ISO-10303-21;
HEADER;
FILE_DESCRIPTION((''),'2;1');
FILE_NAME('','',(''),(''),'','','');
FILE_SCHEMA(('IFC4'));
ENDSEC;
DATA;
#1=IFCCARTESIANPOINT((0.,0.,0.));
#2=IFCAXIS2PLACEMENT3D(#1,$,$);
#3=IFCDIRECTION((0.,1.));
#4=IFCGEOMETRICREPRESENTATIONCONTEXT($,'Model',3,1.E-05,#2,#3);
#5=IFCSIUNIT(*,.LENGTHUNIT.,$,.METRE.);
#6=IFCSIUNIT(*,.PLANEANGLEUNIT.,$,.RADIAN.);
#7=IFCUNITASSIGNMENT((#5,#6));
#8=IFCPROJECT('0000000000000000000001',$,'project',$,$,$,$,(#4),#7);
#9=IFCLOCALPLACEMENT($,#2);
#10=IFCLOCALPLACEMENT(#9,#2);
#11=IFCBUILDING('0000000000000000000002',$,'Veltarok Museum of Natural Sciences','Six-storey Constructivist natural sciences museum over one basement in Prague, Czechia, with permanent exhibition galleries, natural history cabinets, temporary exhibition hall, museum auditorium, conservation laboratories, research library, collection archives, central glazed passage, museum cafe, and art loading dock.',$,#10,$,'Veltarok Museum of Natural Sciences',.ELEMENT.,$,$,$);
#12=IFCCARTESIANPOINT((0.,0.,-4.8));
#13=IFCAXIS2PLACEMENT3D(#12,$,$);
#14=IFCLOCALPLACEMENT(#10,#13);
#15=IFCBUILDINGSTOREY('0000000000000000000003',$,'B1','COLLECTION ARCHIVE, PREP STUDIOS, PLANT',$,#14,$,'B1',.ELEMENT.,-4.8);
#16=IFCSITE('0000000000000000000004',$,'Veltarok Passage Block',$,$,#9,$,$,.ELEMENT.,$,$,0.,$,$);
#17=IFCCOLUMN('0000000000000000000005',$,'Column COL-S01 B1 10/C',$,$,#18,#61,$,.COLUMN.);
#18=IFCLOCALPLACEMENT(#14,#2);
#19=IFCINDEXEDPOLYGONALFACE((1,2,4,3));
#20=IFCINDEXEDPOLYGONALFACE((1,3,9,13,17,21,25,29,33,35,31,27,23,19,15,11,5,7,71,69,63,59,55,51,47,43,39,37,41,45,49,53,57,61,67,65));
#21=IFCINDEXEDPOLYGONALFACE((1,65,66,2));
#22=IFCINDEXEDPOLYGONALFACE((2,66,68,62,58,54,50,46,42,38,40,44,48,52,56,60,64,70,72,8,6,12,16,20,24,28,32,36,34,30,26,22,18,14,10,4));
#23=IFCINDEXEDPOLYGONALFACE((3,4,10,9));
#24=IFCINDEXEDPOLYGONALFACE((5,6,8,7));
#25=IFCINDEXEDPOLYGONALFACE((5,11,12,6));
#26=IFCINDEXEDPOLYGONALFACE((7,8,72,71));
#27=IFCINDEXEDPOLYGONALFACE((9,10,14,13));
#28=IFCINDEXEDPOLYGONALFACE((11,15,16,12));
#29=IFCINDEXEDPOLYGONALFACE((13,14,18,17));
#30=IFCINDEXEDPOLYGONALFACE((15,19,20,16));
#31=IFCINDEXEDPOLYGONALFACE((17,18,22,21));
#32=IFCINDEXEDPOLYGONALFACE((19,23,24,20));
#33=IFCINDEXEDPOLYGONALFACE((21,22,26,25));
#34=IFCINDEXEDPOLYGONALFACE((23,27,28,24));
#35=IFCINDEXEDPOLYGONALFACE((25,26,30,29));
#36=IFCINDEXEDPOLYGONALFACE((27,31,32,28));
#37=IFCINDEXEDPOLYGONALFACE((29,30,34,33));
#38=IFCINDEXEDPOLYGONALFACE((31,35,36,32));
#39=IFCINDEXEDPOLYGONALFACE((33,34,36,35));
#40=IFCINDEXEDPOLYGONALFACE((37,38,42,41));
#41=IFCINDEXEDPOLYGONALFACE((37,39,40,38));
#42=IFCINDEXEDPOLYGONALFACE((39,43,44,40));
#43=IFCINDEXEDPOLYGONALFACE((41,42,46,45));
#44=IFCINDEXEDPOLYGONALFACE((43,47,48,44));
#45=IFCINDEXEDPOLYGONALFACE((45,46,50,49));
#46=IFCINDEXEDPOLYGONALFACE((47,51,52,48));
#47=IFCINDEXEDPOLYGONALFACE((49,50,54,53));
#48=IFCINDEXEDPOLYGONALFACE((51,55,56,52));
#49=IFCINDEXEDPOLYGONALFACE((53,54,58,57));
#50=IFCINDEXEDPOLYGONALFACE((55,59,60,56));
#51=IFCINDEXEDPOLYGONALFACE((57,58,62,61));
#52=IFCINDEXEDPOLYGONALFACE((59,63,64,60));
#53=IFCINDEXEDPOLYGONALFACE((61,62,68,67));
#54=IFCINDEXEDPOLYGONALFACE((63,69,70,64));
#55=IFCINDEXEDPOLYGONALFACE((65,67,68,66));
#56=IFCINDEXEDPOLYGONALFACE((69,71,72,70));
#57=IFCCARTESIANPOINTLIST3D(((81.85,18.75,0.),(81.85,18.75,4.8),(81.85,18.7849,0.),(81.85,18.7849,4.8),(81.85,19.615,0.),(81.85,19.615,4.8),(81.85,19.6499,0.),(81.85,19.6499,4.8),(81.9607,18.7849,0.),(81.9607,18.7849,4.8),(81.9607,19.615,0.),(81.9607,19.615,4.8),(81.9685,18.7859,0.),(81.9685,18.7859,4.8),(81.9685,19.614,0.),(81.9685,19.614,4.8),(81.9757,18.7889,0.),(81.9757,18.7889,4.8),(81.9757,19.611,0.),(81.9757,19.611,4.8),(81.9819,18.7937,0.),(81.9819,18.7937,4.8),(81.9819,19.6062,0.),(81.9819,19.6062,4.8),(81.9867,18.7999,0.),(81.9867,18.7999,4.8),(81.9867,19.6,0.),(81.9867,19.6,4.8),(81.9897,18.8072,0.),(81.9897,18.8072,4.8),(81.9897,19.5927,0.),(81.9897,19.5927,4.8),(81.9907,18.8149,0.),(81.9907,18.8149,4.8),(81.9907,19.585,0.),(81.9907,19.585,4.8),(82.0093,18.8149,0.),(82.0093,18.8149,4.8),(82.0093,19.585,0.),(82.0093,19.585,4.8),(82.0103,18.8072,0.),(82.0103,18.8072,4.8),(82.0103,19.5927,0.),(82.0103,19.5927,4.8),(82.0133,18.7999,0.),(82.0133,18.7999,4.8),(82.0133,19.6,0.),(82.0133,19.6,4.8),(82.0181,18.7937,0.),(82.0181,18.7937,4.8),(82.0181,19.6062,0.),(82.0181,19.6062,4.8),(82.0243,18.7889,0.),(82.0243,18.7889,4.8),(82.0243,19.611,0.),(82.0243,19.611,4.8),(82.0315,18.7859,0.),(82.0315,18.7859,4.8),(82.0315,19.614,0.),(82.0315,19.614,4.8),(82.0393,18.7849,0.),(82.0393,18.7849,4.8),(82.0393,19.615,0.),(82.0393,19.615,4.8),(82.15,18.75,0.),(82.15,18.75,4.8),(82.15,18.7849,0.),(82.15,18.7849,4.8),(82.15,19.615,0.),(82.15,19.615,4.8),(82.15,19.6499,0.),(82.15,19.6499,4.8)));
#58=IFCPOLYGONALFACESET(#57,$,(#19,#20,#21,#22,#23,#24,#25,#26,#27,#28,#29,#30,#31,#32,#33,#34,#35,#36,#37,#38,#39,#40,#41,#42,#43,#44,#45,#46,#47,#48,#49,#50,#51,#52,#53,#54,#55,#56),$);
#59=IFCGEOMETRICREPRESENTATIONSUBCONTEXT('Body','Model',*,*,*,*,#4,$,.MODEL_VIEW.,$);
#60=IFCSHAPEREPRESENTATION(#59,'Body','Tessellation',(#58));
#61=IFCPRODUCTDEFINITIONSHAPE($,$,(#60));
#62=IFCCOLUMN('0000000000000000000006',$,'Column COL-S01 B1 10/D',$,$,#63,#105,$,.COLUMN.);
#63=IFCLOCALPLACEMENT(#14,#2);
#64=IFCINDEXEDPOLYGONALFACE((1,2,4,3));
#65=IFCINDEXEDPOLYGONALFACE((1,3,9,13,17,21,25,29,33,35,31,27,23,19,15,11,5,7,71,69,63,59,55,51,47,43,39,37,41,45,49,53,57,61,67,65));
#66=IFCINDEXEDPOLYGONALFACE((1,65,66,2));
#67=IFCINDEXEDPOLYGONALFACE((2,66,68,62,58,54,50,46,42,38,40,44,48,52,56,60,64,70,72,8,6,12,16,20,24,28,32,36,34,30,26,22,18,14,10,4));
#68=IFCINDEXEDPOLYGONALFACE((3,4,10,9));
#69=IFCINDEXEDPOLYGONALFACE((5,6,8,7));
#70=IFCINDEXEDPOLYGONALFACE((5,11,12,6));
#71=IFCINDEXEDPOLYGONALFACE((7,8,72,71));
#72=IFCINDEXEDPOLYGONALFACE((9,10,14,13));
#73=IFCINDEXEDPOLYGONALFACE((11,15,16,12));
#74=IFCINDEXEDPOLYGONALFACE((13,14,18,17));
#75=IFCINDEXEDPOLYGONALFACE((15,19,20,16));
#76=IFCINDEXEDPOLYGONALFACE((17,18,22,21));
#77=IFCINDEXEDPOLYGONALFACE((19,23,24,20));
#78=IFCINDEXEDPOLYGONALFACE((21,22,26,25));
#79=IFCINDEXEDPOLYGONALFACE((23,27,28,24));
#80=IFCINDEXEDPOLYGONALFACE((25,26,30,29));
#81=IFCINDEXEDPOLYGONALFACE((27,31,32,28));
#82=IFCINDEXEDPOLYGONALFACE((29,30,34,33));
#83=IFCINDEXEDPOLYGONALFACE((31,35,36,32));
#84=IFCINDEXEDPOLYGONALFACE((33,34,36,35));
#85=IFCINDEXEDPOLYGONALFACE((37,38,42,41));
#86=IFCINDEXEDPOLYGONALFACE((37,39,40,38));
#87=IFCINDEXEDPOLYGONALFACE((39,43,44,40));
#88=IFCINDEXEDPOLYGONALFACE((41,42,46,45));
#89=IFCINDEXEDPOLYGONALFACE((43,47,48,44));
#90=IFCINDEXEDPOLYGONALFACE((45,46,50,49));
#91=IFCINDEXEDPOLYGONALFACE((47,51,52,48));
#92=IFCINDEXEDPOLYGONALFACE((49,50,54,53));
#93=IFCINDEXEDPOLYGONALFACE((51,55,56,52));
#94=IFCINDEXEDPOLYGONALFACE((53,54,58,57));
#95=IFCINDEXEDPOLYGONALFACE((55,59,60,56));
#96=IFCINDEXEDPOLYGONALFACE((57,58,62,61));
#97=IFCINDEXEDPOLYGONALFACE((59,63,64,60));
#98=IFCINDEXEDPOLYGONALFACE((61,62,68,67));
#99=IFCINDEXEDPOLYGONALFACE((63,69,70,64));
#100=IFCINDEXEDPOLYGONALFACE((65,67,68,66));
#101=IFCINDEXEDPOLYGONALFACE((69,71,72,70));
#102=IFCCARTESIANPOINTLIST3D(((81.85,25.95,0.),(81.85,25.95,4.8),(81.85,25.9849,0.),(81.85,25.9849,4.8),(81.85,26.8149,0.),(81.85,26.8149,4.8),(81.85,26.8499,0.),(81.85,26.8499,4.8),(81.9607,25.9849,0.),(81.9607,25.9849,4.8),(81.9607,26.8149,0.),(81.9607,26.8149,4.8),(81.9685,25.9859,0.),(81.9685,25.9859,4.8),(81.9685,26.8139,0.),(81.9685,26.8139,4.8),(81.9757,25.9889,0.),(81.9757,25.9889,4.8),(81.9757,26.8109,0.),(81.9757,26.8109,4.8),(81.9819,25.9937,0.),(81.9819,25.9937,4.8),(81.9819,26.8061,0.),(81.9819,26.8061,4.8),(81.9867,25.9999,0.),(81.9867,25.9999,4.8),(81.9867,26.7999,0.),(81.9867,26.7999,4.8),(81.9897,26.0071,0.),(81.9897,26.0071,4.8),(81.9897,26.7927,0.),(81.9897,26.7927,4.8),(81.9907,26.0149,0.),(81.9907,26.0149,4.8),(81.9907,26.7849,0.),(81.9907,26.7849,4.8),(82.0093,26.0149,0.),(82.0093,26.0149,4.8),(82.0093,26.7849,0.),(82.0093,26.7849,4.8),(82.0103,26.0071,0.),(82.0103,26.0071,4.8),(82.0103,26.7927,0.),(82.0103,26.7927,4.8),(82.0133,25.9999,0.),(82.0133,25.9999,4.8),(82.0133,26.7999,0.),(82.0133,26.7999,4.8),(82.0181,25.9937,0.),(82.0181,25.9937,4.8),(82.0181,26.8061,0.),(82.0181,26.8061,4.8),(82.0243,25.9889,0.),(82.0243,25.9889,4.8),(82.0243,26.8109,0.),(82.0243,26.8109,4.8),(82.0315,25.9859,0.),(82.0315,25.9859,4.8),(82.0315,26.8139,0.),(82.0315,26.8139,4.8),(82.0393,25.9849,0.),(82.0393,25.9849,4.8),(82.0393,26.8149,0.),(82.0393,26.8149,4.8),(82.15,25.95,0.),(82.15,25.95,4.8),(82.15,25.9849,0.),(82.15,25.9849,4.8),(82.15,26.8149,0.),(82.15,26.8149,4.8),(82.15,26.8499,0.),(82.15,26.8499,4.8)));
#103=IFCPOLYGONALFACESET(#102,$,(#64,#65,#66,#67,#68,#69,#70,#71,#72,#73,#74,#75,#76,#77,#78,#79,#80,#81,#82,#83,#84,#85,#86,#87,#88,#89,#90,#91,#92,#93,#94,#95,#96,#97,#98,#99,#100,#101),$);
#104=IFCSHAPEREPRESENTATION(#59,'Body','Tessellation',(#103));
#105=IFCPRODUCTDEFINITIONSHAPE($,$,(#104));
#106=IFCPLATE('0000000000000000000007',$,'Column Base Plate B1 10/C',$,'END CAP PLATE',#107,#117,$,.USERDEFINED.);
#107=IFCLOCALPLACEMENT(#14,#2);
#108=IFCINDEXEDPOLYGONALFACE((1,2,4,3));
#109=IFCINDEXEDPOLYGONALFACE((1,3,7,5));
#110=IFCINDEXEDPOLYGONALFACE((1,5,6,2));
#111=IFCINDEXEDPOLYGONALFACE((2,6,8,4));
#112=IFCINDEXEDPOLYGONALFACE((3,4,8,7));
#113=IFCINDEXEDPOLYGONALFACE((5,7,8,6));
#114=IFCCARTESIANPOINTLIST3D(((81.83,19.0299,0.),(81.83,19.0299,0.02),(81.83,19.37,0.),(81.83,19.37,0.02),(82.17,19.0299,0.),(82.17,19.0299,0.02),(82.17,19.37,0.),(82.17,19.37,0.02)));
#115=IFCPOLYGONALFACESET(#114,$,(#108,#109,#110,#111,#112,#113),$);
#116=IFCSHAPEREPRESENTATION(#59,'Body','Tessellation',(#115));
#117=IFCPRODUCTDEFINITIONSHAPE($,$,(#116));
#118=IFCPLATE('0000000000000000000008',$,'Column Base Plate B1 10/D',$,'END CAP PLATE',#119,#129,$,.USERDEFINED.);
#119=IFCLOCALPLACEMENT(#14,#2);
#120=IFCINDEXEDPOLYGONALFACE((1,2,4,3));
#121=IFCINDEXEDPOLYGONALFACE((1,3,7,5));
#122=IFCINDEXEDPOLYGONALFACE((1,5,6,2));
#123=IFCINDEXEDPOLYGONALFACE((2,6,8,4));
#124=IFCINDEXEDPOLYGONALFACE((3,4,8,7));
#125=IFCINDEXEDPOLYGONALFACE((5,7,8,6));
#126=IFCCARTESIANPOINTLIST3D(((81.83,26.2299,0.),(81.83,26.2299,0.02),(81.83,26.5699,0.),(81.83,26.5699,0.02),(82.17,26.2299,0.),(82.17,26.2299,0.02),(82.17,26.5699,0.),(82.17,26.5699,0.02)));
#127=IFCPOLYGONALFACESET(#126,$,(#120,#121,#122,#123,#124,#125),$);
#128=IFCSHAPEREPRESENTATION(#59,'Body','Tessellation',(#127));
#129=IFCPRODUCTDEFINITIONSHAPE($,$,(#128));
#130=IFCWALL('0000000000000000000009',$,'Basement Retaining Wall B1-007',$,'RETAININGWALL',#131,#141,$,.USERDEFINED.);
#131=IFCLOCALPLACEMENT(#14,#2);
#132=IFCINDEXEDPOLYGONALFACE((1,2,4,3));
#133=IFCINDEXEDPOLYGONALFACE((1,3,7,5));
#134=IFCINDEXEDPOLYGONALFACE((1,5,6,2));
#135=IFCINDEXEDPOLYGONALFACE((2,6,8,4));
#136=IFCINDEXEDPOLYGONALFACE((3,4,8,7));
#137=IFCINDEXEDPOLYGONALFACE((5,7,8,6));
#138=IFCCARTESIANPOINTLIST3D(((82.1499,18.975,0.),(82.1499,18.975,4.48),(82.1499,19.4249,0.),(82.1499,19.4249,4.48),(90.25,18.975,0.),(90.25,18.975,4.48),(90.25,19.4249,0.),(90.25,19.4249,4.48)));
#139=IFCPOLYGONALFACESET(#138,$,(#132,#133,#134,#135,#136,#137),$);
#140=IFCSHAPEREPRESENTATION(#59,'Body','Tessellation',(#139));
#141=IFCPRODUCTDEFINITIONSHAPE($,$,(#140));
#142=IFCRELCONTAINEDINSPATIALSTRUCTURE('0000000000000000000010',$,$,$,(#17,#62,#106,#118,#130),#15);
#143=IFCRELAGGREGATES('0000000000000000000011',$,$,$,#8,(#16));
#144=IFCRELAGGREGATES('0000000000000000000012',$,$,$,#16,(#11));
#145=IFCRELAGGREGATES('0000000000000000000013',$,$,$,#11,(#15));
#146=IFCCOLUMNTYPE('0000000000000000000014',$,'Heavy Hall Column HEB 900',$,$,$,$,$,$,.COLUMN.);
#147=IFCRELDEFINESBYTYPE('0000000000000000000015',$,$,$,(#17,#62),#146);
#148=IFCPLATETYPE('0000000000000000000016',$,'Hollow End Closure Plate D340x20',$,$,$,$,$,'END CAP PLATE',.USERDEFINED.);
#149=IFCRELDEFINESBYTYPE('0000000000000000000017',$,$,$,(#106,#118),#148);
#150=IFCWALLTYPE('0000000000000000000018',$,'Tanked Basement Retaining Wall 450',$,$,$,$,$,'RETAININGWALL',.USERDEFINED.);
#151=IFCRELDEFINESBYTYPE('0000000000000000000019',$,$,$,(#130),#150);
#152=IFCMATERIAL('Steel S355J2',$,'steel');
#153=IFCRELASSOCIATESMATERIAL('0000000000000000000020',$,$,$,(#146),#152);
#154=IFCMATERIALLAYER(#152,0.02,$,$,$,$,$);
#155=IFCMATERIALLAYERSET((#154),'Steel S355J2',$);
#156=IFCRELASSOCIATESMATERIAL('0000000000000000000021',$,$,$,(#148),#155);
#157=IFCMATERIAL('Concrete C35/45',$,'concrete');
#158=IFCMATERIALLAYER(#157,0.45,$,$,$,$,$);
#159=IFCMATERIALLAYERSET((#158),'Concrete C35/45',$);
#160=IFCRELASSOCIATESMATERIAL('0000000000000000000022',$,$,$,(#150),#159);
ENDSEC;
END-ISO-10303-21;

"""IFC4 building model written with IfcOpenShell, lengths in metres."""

from ifc_helpers import new_model, si_unit, direction, frame, frame_2d, origin, origin_2d, place, context, subcontext, project, spatial, rectangle, i_section, extrude, material, layer, layer_set, material_profile, profile_set, type_object, element, save


model = new_model("IFC4")

# Units and contexts
model_context = context("Model", 3, precision=1e-05, world=origin(), true_north=direction((0.0, 1.0)))
body_context = subcontext(model_context, "Body", "Model", "MODEL_VIEW")
ifc_project = project(units=[si_unit("LENGTHUNIT", "METRE"), si_unit("PLANEANGLEUNIT", "RADIAN")], contexts=[model_context])

# Site, building, storey
site_placement = place(None, origin())
site = spatial("IfcSite", under=ifc_project, at=site_placement, Name="Veltarok Passage Block", CompositionType="ELEMENT", RefElevation=0.0)
building_placement = place(site_placement, origin())
building = spatial("IfcBuilding", under=site, at=building_placement, Name="Veltarok Museum of Natural Sciences", Description="Six-storey Constructivist natural sciences museum over one basement in Prague, Czechia, with permanent exhibition galleries, natural history cabinets, temporary exhibition hall, museum auditorium, conservation laboratories, research library, collection archives, central glazed passage, museum cafe, and art loading dock.", LongName="Veltarok Museum of Natural Sciences", CompositionType="ELEMENT")
storey_placement = place(building_placement, frame((0.0, 0.0, -4.8)))
storey = spatial("IfcBuildingStorey", under=building, at=storey_placement, Name="B1", Description="COLLECTION ARCHIVE, PREP STUDIOS, PLANT", LongName="B1", CompositionType="ELEMENT", Elevation=-4.8)

# Shared definitions
ifc_material_1 = material(Name="Concrete C35/45", Category="concrete")

# Columns
ifc_material_2 = material(Name="Steel S355J2", Category="steel")
ifc_material_profile_1 = material_profile(ifc_material_2, i_section(OverallWidth=0.3, OverallDepth=0.8999, WebThickness=0.0186, FlangeThickness=0.0349, FilletRadius=0.03, at=origin_2d()), Name="HEB 900")
ifc_profile_set_1 = profile_set([ifc_material_profile_1], Name="Steel S355J2")
column_type = type_object("IfcColumnType", Name="Heavy Hall Column HEB 900", PredefinedType="COLUMN", material=ifc_profile_set_1)
for number, where, z_axis, x_axis, name in (
    (1, (82.0, 19.2, 0.0), (0.0, 0.0, 1.0), (1.0, 0.0, 0.0), "Column COL-S01 B1 10/C"),
    (2, (82.0, 26.3999, 0.0), (0.0, 0.0, 1.0), (1.0, 0.0, 0.0), "Column COL-S01 B1 10/D"),
):
    element("IfcColumn", number, at=place(storey_placement, frame(where, z_axis=z_axis, x_axis=x_axis)), inside=storey, type_object=column_type, Name=name, PredefinedType="COLUMN", context=body_context, shape_type="SweptSolid", body=[
        extrude(i_section(OverallWidth=0.3, OverallDepth=0.8999, WebThickness=0.0186, FlangeThickness=0.0349, FilletRadius=0.03, at=origin_2d()), origin(), (0.0, 0.0, 1.0), 4.8),
    ])

# Plates
ifc_layer_1 = layer(ifc_material_2, 0.02)
ifc_layer_set_1 = layer_set([ifc_layer_1], Name="Steel S355J2")
plate_type = type_object("IfcPlateType", Name="Hollow End Closure Plate D340x20", ElementType="END CAP PLATE", PredefinedType="USERDEFINED", material=ifc_layer_set_1)
for number, where, z_axis, x_axis, name in (
    (3, (82.0, 19.2, 0.0), (0.0, 0.0, 1.0), (1.0, 0.0, 0.0), "Column Base Plate B1 10/C"),
    (4, (82.0, 26.3999, 0.0), (0.0, 0.0, 1.0), (1.0, 0.0, 0.0), "Column Base Plate B1 10/D"),
):
    element("IfcPlate", number, at=place(storey_placement, frame(where, z_axis=z_axis, x_axis=x_axis)), inside=storey, type_object=plate_type, Name=name, ObjectType="END CAP PLATE", PredefinedType="USERDEFINED", context=body_context, shape_type="SweptSolid", body=[
        extrude(rectangle(XDim=0.3401, YDim=0.3401, at=origin_2d()), origin(), (0.0, 0.0, 1.0), 0.02),
    ])

# Wall
ifc_layer_2 = layer(ifc_material_1, 0.45)
ifc_layer_set_2 = layer_set([ifc_layer_2], Name="Concrete C35/45")
wall_type = type_object("IfcWallType", Name="Tanked Basement Retaining Wall 450", ElementType="RETAININGWALL", PredefinedType="USERDEFINED", material=ifc_layer_set_2)
wall_placement = place(storey_placement, frame((82.1499, 19.2, 0.0), z_axis=(0.0, 0.0, 1.0), x_axis=(1.0, 0.0, 0.0)))
element("IfcWall", 5, at=wall_placement, inside=storey, type_object=wall_type, Name="Basement Retaining Wall B1-007", ObjectType="RETAININGWALL", PredefinedType="USERDEFINED", context=body_context, shape_type="SweptSolid", body=[
    extrude(rectangle(XDim=8.1001, YDim=0.45, at=frame_2d((4.05, 0.0))), origin(), (0.0, 0.0, 1.0), 4.48),
])

save(model, "model.ifc")
